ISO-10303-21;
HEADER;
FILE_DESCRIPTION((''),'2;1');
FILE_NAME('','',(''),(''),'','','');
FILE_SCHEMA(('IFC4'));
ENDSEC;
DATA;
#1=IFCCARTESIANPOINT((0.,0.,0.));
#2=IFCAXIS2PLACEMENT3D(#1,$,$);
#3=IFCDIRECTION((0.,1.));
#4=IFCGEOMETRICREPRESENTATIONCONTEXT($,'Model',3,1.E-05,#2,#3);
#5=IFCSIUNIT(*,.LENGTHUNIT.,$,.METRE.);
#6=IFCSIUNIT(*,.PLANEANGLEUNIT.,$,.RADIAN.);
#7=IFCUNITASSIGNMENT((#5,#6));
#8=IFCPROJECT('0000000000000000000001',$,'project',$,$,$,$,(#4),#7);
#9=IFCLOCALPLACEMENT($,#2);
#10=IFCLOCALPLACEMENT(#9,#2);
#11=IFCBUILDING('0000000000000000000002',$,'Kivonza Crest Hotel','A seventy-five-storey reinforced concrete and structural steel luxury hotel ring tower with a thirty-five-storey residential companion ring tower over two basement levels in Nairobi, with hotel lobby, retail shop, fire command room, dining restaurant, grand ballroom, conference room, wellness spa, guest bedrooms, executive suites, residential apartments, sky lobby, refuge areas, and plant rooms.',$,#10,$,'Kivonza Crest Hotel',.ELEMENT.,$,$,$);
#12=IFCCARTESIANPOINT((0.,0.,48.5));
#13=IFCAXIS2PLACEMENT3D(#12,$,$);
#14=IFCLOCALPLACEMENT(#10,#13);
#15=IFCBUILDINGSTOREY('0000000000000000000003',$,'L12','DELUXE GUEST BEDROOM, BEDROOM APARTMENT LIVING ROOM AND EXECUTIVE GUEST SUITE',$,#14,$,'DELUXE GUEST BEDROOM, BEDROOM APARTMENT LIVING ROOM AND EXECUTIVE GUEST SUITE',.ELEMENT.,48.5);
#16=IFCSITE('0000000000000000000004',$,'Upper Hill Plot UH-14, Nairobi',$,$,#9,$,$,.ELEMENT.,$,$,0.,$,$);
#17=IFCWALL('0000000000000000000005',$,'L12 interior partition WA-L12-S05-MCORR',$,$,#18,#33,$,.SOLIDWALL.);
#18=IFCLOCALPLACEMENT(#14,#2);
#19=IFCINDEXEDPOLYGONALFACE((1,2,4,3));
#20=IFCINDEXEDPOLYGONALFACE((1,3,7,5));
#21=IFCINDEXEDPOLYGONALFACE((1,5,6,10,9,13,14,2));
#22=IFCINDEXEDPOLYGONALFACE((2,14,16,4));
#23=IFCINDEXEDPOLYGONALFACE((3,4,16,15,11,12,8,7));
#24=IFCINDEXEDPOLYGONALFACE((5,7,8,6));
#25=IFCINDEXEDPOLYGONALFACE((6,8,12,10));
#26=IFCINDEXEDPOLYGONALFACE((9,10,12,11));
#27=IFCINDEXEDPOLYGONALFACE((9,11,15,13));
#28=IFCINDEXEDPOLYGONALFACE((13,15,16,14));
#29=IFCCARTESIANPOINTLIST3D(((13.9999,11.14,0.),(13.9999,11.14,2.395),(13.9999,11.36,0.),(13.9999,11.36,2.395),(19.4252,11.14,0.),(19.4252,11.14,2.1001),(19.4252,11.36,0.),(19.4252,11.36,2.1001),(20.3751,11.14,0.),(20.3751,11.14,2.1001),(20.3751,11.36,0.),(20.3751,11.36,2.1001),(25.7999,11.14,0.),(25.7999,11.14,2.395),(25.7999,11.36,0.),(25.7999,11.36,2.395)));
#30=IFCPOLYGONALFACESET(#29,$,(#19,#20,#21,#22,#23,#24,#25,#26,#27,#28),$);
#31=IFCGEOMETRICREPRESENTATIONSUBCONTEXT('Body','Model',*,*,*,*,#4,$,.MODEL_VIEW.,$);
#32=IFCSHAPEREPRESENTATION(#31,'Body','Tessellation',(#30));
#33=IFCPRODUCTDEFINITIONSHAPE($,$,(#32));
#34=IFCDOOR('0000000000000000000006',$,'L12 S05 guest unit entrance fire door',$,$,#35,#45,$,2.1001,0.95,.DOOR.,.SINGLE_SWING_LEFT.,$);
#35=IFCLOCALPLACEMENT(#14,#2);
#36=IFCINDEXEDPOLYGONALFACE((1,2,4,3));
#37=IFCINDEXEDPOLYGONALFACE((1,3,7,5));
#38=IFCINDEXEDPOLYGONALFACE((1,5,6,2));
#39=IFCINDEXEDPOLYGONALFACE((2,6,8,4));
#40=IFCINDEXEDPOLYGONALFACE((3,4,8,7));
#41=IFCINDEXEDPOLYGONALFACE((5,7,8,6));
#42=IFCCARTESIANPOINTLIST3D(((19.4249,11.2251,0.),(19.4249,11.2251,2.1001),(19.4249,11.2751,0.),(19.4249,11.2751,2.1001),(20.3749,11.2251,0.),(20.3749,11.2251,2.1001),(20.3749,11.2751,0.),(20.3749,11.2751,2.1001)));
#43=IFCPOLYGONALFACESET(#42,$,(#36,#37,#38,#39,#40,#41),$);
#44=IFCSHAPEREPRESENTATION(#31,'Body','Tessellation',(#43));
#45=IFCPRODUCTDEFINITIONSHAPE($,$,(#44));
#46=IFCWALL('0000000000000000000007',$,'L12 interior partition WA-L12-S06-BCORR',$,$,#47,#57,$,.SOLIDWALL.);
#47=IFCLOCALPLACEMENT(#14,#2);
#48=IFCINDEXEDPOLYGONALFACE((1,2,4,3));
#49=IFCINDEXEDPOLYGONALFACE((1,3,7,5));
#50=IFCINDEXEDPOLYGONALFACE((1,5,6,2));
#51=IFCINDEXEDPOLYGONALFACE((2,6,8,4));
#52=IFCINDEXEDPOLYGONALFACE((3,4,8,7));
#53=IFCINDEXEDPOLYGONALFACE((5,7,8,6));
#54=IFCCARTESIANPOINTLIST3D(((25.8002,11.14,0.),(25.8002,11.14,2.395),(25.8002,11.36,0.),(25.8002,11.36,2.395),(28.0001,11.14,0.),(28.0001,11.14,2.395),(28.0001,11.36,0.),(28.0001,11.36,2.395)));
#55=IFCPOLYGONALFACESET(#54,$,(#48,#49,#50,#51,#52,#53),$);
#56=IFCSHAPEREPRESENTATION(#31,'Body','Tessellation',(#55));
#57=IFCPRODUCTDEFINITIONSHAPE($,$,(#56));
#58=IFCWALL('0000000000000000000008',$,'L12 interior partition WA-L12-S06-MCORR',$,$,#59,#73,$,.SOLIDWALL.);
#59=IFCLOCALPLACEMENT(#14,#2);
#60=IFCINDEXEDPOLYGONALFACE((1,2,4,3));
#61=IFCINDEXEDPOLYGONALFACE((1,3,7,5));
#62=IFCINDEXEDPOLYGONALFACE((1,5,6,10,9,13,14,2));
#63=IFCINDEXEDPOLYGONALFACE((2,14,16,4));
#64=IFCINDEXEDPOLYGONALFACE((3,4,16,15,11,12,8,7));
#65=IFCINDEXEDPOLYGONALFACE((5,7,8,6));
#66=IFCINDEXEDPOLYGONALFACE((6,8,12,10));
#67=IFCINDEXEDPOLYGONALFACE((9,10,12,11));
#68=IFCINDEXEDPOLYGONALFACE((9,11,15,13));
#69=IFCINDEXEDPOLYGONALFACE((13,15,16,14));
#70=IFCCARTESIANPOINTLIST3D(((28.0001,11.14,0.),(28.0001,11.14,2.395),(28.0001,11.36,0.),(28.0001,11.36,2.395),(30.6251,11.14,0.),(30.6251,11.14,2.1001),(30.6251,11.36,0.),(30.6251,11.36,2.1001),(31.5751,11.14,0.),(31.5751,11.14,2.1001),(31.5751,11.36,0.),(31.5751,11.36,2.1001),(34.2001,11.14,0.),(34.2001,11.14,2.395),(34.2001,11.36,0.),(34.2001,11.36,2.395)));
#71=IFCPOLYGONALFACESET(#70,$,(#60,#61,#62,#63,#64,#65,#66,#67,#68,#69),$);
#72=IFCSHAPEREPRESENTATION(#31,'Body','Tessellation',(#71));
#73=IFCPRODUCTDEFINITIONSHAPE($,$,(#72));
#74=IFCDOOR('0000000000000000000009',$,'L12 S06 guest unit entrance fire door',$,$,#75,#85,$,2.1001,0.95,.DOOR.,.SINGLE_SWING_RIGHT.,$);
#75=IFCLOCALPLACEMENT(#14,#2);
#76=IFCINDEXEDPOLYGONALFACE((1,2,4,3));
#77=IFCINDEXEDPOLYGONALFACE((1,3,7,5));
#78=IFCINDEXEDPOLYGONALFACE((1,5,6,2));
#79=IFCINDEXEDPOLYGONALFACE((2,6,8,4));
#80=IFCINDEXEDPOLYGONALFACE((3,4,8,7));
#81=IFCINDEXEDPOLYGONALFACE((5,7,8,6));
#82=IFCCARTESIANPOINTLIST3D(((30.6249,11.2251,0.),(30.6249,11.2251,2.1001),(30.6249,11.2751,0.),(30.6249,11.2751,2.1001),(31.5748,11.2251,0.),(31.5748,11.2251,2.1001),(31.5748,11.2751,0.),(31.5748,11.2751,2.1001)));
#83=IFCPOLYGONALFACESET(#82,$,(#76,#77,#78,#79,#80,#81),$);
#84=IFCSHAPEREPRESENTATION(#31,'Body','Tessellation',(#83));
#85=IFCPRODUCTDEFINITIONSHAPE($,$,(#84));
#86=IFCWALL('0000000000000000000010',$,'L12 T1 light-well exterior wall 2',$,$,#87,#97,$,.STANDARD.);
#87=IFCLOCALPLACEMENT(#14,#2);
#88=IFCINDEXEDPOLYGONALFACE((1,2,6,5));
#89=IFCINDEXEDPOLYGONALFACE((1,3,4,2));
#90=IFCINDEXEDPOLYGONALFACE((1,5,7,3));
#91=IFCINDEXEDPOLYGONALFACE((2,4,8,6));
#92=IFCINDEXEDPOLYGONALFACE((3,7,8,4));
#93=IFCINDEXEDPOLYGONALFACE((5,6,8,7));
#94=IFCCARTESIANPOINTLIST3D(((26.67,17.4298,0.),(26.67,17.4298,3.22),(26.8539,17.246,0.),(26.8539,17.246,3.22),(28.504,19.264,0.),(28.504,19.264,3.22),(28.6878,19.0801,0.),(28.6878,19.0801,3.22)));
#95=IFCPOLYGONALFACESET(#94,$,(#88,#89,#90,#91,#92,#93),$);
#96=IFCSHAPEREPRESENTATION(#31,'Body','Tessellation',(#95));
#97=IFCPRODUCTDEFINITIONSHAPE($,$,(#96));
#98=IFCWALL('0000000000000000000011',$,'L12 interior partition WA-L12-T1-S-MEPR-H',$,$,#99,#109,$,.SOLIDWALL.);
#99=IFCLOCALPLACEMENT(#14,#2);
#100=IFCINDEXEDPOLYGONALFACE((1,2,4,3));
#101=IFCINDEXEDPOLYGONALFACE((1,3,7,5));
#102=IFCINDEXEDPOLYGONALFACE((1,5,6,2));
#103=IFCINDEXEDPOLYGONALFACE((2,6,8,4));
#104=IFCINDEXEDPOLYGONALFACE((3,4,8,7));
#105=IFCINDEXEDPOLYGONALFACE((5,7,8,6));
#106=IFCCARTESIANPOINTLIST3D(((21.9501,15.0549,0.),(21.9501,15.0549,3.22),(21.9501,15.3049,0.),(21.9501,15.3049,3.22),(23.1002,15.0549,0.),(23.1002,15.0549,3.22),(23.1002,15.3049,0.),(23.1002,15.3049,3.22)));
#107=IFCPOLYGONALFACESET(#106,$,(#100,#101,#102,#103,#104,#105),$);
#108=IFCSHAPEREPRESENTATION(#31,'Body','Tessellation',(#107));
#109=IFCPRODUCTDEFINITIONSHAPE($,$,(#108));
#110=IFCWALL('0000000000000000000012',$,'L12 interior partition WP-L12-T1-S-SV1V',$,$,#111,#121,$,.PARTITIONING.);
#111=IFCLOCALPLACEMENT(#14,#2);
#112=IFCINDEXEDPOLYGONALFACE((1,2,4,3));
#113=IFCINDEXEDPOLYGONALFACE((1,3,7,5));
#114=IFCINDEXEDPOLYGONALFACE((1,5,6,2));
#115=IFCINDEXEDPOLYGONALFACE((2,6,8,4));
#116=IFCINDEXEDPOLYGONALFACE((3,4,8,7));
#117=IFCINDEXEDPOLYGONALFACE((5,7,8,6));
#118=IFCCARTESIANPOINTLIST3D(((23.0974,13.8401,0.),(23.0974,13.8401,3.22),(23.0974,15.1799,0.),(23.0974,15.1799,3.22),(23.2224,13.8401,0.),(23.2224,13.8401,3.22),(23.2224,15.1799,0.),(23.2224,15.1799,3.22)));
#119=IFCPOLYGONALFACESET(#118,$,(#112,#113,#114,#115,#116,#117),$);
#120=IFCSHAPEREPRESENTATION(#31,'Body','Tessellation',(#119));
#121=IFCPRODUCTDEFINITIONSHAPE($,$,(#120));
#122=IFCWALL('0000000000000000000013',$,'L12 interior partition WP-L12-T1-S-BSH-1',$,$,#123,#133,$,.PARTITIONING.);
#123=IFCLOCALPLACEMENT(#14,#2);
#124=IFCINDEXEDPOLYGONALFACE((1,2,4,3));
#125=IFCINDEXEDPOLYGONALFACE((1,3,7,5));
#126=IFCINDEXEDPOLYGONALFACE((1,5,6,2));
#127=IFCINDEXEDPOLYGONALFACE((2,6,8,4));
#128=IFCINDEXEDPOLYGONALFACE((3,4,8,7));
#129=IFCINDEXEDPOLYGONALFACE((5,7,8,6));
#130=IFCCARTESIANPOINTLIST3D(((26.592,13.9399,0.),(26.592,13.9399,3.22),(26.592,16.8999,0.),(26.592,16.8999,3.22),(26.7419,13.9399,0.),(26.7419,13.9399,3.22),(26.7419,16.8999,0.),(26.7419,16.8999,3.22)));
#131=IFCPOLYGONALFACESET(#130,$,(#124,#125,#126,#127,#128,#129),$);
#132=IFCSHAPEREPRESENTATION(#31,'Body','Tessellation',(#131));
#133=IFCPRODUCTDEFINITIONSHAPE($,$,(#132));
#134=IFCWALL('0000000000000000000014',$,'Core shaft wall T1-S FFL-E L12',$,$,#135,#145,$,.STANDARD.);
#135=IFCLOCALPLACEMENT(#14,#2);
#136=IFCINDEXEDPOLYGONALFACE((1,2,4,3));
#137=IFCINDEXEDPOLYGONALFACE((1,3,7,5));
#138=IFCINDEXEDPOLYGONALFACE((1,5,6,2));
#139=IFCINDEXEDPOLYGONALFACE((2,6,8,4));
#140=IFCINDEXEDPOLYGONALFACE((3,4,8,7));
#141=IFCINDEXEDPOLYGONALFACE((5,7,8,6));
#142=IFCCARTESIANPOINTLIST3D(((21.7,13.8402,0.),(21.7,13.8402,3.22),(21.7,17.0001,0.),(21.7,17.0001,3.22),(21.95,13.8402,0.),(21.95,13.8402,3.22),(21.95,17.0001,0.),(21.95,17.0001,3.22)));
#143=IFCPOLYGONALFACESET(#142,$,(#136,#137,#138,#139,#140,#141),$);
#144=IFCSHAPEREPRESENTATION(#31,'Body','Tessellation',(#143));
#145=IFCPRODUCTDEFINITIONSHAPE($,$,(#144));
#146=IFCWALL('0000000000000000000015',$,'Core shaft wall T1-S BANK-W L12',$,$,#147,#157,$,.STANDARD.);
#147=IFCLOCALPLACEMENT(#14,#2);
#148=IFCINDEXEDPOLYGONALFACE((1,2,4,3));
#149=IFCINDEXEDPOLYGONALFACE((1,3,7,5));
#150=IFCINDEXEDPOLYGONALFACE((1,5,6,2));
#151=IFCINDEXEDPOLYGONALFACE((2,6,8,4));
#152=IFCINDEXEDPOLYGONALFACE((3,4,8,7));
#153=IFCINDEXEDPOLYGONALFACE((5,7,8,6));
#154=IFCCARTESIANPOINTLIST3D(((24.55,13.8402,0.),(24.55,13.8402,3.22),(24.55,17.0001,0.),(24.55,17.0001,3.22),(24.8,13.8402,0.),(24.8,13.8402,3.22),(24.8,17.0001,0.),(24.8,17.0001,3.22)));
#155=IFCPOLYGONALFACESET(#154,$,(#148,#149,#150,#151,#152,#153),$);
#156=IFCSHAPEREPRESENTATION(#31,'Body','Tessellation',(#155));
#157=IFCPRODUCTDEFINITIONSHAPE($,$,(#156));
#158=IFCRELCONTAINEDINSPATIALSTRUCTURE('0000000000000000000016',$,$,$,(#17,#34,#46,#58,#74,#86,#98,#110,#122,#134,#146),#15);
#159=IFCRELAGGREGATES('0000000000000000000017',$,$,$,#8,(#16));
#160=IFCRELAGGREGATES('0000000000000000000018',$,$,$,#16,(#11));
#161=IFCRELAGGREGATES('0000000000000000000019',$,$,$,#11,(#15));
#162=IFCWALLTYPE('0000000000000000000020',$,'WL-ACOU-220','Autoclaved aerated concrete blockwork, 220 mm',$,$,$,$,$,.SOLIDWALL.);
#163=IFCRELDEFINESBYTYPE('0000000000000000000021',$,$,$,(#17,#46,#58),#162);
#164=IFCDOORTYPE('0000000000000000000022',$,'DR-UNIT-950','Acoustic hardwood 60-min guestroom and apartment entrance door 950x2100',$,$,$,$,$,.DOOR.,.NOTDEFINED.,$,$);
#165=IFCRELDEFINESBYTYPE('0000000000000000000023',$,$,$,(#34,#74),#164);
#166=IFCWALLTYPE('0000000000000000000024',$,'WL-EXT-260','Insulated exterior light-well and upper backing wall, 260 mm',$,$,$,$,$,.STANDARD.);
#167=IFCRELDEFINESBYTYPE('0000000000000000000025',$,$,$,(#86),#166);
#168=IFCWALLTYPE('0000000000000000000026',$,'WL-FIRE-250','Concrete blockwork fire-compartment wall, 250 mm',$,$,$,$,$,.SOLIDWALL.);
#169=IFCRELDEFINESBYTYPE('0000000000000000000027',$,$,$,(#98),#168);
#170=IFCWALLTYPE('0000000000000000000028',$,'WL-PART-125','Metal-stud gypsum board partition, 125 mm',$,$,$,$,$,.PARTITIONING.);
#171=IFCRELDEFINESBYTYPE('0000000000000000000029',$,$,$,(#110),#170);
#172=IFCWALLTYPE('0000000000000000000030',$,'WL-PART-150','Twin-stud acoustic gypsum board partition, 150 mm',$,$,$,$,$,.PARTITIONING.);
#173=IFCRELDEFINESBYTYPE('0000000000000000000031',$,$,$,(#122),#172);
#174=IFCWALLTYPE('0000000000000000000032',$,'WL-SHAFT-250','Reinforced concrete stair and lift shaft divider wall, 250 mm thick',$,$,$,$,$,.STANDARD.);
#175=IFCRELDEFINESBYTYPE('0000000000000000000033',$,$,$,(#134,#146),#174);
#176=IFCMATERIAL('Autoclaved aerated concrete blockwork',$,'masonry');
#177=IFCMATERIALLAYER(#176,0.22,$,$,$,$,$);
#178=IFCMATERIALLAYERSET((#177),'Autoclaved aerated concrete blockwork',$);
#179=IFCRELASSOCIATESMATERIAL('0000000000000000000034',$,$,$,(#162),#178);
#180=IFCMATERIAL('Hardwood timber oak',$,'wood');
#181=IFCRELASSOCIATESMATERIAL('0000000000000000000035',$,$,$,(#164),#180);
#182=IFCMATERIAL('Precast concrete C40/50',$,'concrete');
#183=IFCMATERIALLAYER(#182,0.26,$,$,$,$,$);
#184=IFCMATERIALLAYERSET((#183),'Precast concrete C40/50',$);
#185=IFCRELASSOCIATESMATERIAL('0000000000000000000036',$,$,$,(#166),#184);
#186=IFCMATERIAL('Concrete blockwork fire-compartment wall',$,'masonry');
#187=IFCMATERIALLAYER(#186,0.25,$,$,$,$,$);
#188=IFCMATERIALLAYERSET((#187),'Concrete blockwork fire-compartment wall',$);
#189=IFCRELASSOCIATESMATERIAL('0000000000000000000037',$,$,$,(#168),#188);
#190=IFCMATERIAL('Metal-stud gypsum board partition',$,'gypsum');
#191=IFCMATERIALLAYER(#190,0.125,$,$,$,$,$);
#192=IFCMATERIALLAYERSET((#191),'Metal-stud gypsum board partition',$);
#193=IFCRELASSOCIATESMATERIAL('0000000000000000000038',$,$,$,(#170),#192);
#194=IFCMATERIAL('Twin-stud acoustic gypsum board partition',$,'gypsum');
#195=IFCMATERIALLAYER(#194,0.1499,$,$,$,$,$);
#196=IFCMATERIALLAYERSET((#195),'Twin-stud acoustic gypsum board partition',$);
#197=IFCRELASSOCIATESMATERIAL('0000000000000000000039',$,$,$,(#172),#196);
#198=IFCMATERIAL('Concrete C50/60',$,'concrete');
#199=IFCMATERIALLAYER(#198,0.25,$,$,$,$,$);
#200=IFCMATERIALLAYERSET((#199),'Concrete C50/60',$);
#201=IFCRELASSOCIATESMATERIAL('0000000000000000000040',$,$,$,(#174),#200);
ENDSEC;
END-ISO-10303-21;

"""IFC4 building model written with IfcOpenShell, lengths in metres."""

from ifc_helpers import new_model, si_unit, direction, frame, frame_2d, origin, place, context, subcontext, project, spatial, rectangle, extrude, material, layer, layer_set, type_object, element, fill, save


model = new_model("IFC4")

# Units and contexts
model_context = context("Model", 3, precision=1e-05, world=origin(), true_north=direction((0.0, 1.0)))
body_context = subcontext(model_context, "Body", "Model", "MODEL_VIEW")
ifc_project = project(units=[si_unit("LENGTHUNIT", "METRE"), si_unit("PLANEANGLEUNIT", "RADIAN")], contexts=[model_context])

# Site, building, storey
site_placement = place(None, origin())
site = spatial("IfcSite", under=ifc_project, at=site_placement, Name="Upper Hill Plot UH-14, Nairobi", CompositionType="ELEMENT", RefElevation=0.0)
building_placement = place(site_placement, origin())
building = spatial("IfcBuilding", under=site, at=building_placement, Name="Kivonza Crest Hotel", Description="A seventy-five-storey reinforced concrete and structural steel luxury hotel ring tower with a thirty-five-storey residential companion ring tower over two basement levels in Nairobi, with hotel lobby, retail shop, fire command room, dining restaurant, grand ballroom, conference room, wellness spa, guest bedrooms, executive suites, residential apartments, sky lobby, refuge areas, and plant rooms.", LongName="Kivonza Crest Hotel", CompositionType="ELEMENT")
storey_placement = place(building_placement, frame((0.0, 0.0, 48.5)))
storey = spatial("IfcBuildingStorey", under=building, at=storey_placement, Name="L12", Description="DELUXE GUEST BEDROOM, BEDROOM APARTMENT LIVING ROOM AND EXECUTIVE GUEST SUITE", LongName="DELUXE GUEST BEDROOM, BEDROOM APARTMENT LIVING ROOM AND EXECUTIVE GUEST SUITE", CompositionType="ELEMENT", Elevation=48.5)

# Wall, opening, door
ifc_material_1 = material(Name="Autoclaved aerated concrete blockwork", Category="masonry")
ifc_layer_1 = layer(ifc_material_1, 0.22)
ifc_layer_set_1 = layer_set([ifc_layer_1], Name="Autoclaved aerated concrete blockwork")
wall_type_1 = type_object("IfcWallType", Name="WL-ACOU-220", Description="Autoclaved aerated concrete blockwork, 220 mm", PredefinedType="SOLIDWALL", material=ifc_layer_set_1)
wall_1_placement = place(storey_placement, frame((14.0, 11.25, 0.0), z_axis=(0.0, 0.0, 1.0), x_axis=(1.0, 0.0, 0.0)))
wall_1 = element("IfcWall", 1, at=wall_1_placement, inside=storey, type_object=wall_type_1, Name="L12 interior partition WA-L12-S05-MCORR", PredefinedType="SOLIDWALL", context=body_context, shape_type="SweptSolid", body=[
    extrude(rectangle(XDim=11.8, YDim=0.22, at=frame_2d((5.8999, 0.0))), origin(), (0.0, 0.0, 1.0), 2.395),
])
opening_1_placement = place(wall_1_placement, frame((5.425, 0.0, 0.0)))
opening_1 = element("IfcOpeningElement", 2, at=opening_1_placement, cuts=wall_1, PredefinedType="OPENING", context=body_context, shape_type="SweptSolid", body=[
    extrude(rectangle(XDim=0.95, YDim=2.1001, at=frame_2d((0.4751, 1.05))), frame((0.0, 0.1201, 0.0), z_axis=(0.0, -1.0, 0.0), x_axis=(1.0, 0.0, 0.0)), (0.0, 0.0, 1.0), 0.24),
])
ifc_material_2 = material(Name="Hardwood timber oak", Category="wood")
door_type_1 = type_object("IfcDoorType", Name="DR-UNIT-950", Description="Acoustic hardwood 60-min guestroom and apartment entrance door 950x2100", OperationType="NOTDEFINED", PredefinedType="DOOR", material=ifc_material_2)
door_1_placement = place(opening_1_placement, frame((0.95, 0.0, 0.0), z_axis=(0.0, 0.0, 1.0), x_axis=(-1.0, 0.0, 0.0)))
door_1 = element("IfcDoor", 3, at=door_1_placement, inside=storey, type_object=door_type_1, Name="L12 S05 guest unit entrance fire door", OperationType="SINGLE_SWING_LEFT", OverallHeight=2.1001, OverallWidth=0.95, PredefinedType="DOOR", context=body_context, shape_type="SweptSolid", body=[
    extrude(rectangle(XDim=0.95, YDim=2.1001, at=frame_2d((0.4751, 1.05))), frame((0.0, 0.0249, 0.0), z_axis=(0.0, -1.0, 0.0), x_axis=(1.0, 0.0, 0.0)), (0.0, 0.0, 1.0), 0.05),
])
fill(opening_1, door_1)

# Wall
wall_2_placement = place(storey_placement, frame((25.8, 11.25, 0.0), z_axis=(0.0, 0.0, 1.0), x_axis=(1.0, 0.0, 0.0)))
element("IfcWall", 4, at=wall_2_placement, inside=storey, type_object=wall_type_1, Name="L12 interior partition WA-L12-S06-BCORR", PredefinedType="SOLIDWALL", context=body_context, shape_type="SweptSolid", body=[
    extrude(rectangle(XDim=2.2, YDim=0.22, at=frame_2d((1.1001, 0.0))), origin(), (0.0, 0.0, 1.0), 2.395),
])

# Wall, opening, door
wall_3_placement = place(storey_placement, frame((28.0, 11.25, 0.0), z_axis=(0.0, 0.0, 1.0), x_axis=(1.0, 0.0, 0.0)))
wall_3 = element("IfcWall", 5, at=wall_3_placement, inside=storey, type_object=wall_type_1, Name="L12 interior partition WA-L12-S06-MCORR", PredefinedType="SOLIDWALL", context=body_context, shape_type="SweptSolid", body=[
    extrude(rectangle(XDim=6.2, YDim=0.22, at=frame_2d((3.1001, 0.0))), origin(), (0.0, 0.0, 1.0), 2.395),
])
opening_2_placement = place(wall_3_placement, frame((2.625, 0.0, 0.0)))
opening_2 = element("IfcOpeningElement", 6, at=opening_2_placement, cuts=wall_3, PredefinedType="OPENING", context=body_context, shape_type="SweptSolid", body=[
    extrude(rectangle(XDim=0.95, YDim=2.1001, at=frame_2d((0.4751, 1.05))), frame((0.0, 0.1201, 0.0), z_axis=(0.0, -1.0, 0.0), x_axis=(1.0, 0.0, 0.0)), (0.0, 0.0, 1.0), 0.24),
])
door_2_placement = place(opening_2_placement, frame((0.95, 0.0, 0.0), z_axis=(0.0, 0.0, 1.0), x_axis=(-1.0, 0.0, 0.0)))
door_2 = element("IfcDoor", 7, at=door_2_placement, inside=storey, type_object=door_type_1, Name="L12 S06 guest unit entrance fire door", OperationType="SINGLE_SWING_RIGHT", OverallHeight=2.1001, OverallWidth=0.95, PredefinedType="DOOR", context=body_context, shape_type="SweptSolid", body=[
    extrude(rectangle(XDim=0.95, YDim=2.1001, at=frame_2d((0.4751, 1.05))), frame((0.0, 0.0249, 0.0), z_axis=(0.0, -1.0, 0.0), x_axis=(1.0, 0.0, 0.0)), (0.0, 0.0, 1.0), 0.05),
])
fill(opening_2, door_2)

# Walls
ifc_material_3 = material(Name="Precast concrete C40/50", Category="concrete")
ifc_layer_2 = layer(ifc_material_3, 0.26)
ifc_layer_set_2 = layer_set([ifc_layer_2], Name="Precast concrete C40/50")
wall_type_2 = type_object("IfcWallType", Name="WL-EXT-260", Description="Insulated exterior light-well and upper backing wall, 260 mm", PredefinedType="STANDARD", material=ifc_layer_set_2)
wall_4_placement = place(storey_placement, frame((26.762, 17.3379, 0.0), z_axis=(0.0, 0.0, 1.0), x_axis=(0.70706, 0.707154, 0.0)))
element("IfcWall", 8, at=wall_4_placement, inside=storey, type_object=wall_type_2, Name="L12 T1 light-well exterior wall 2", PredefinedType="STANDARD", context=body_context, shape_type="SweptSolid", body=[
    extrude(rectangle(XDim=2.5938, YDim=0.26, at=frame_2d((1.2969, 0.0))), origin(), (0.0, 0.0, 1.0), 3.22),
])
ifc_material_4 = material(Name="Concrete blockwork fire-compartment wall", Category="masonry")
ifc_layer_3 = layer(ifc_material_4, 0.25)
ifc_layer_set_3 = layer_set([ifc_layer_3], Name="Concrete blockwork fire-compartment wall")
wall_type_3 = type_object("IfcWallType", Name="WL-FIRE-250", Description="Concrete blockwork fire-compartment wall, 250 mm", PredefinedType="SOLIDWALL", material=ifc_layer_set_3)
wall_5_placement = place(storey_placement, frame((21.95, 15.1799, 0.0), z_axis=(0.0, 0.0, 1.0), x_axis=(1.0, 0.0, 0.0)))
element("IfcWall", 9, at=wall_5_placement, inside=storey, type_object=wall_type_3, Name="L12 interior partition WA-L12-T1-S-MEPR-H", PredefinedType="SOLIDWALL", context=body_context, shape_type="SweptSolid", body=[
    extrude(rectangle(XDim=1.1501, YDim=0.25, at=frame_2d((0.5752, 0.0))), origin(), (0.0, 0.0, 1.0), 3.22),
])
ifc_material_5 = material(Name="Metal-stud gypsum board partition", Category="gypsum")
ifc_layer_4 = layer(ifc_material_5, 0.125)
ifc_layer_set_4 = layer_set([ifc_layer_4], Name="Metal-stud gypsum board partition")
wall_type_4 = type_object("IfcWallType", Name="WL-PART-125", Description="Metal-stud gypsum board partition, 125 mm", PredefinedType="PARTITIONING", material=ifc_layer_set_4)
wall_6_placement = place(storey_placement, frame((23.1599, 13.8401, 0.0), z_axis=(0.0, 0.0, 1.0), x_axis=(0.0, 1.0, 0.0)))
element("IfcWall", 10, at=wall_6_placement, inside=storey, type_object=wall_type_4, Name="L12 interior partition WP-L12-T1-S-SV1V", PredefinedType="PARTITIONING", context=body_context, shape_type="SweptSolid", body=[
    extrude(rectangle(XDim=1.3398, YDim=0.125, at=frame_2d((0.6699, 0.0))), origin(), (0.0, 0.0, 1.0), 3.22),
])
ifc_material_6 = material(Name="Twin-stud acoustic gypsum board partition", Category="gypsum")
ifc_layer_5 = layer(ifc_material_6, 0.1499)
ifc_layer_set_5 = layer_set([ifc_layer_5], Name="Twin-stud acoustic gypsum board partition")
wall_type_5 = type_object("IfcWallType", Name="WL-PART-150", Description="Twin-stud acoustic gypsum board partition, 150 mm", PredefinedType="PARTITIONING", material=ifc_layer_set_5)
wall_7_placement = place(storey_placement, frame((26.667, 13.9399, 0.0), z_axis=(0.0, 0.0, 1.0), x_axis=(0.0, 1.0, 0.0)))
element("IfcWall", 11, at=wall_7_placement, inside=storey, type_object=wall_type_5, Name="L12 interior partition WP-L12-T1-S-BSH-1", PredefinedType="PARTITIONING", context=body_context, shape_type="SweptSolid", body=[
    extrude(rectangle(XDim=2.96, YDim=0.1499, at=frame_2d((1.48, 0.0))), origin(), (0.0, 0.0, 1.0), 3.22),
])

# Shared definitions
ifc_material_7 = material(Name="Concrete C50/60", Category="concrete")
ifc_layer_6 = layer(ifc_material_7, 0.25)
ifc_layer_set_6 = layer_set([ifc_layer_6], Name="Concrete C50/60")
wall_type_6 = type_object("IfcWallType", Name="WL-SHAFT-250", Description="Reinforced concrete stair and lift shaft divider wall, 250 mm thick", PredefinedType="STANDARD", material=ifc_layer_set_6)

# Walls
for number, where, z_axis, x_axis, name in (
    (12, (21.825, 13.8401, 0.0), (0.0, 0.0, 1.0), (0.0, 1.0, 0.0), "Core shaft wall T1-S FFL-E L12"),
    (13, (24.675, 13.8401, 0.0), (0.0, 0.0, 1.0), (0.0, 1.0, 0.0), "Core shaft wall T1-S BANK-W L12"),
):
    element("IfcWall", number, at=place(storey_placement, frame(where, z_axis=z_axis, x_axis=x_axis)), inside=storey, type_object=wall_type_6, Name=name, PredefinedType="STANDARD", context=body_context, shape_type="SweptSolid", body=[
        extrude(rectangle(XDim=3.1599, YDim=0.25, at=frame_2d((1.5801, 0.0))), origin(), (0.0, 0.0, 1.0), 3.22),
    ])

save(model, "model.ifc")
